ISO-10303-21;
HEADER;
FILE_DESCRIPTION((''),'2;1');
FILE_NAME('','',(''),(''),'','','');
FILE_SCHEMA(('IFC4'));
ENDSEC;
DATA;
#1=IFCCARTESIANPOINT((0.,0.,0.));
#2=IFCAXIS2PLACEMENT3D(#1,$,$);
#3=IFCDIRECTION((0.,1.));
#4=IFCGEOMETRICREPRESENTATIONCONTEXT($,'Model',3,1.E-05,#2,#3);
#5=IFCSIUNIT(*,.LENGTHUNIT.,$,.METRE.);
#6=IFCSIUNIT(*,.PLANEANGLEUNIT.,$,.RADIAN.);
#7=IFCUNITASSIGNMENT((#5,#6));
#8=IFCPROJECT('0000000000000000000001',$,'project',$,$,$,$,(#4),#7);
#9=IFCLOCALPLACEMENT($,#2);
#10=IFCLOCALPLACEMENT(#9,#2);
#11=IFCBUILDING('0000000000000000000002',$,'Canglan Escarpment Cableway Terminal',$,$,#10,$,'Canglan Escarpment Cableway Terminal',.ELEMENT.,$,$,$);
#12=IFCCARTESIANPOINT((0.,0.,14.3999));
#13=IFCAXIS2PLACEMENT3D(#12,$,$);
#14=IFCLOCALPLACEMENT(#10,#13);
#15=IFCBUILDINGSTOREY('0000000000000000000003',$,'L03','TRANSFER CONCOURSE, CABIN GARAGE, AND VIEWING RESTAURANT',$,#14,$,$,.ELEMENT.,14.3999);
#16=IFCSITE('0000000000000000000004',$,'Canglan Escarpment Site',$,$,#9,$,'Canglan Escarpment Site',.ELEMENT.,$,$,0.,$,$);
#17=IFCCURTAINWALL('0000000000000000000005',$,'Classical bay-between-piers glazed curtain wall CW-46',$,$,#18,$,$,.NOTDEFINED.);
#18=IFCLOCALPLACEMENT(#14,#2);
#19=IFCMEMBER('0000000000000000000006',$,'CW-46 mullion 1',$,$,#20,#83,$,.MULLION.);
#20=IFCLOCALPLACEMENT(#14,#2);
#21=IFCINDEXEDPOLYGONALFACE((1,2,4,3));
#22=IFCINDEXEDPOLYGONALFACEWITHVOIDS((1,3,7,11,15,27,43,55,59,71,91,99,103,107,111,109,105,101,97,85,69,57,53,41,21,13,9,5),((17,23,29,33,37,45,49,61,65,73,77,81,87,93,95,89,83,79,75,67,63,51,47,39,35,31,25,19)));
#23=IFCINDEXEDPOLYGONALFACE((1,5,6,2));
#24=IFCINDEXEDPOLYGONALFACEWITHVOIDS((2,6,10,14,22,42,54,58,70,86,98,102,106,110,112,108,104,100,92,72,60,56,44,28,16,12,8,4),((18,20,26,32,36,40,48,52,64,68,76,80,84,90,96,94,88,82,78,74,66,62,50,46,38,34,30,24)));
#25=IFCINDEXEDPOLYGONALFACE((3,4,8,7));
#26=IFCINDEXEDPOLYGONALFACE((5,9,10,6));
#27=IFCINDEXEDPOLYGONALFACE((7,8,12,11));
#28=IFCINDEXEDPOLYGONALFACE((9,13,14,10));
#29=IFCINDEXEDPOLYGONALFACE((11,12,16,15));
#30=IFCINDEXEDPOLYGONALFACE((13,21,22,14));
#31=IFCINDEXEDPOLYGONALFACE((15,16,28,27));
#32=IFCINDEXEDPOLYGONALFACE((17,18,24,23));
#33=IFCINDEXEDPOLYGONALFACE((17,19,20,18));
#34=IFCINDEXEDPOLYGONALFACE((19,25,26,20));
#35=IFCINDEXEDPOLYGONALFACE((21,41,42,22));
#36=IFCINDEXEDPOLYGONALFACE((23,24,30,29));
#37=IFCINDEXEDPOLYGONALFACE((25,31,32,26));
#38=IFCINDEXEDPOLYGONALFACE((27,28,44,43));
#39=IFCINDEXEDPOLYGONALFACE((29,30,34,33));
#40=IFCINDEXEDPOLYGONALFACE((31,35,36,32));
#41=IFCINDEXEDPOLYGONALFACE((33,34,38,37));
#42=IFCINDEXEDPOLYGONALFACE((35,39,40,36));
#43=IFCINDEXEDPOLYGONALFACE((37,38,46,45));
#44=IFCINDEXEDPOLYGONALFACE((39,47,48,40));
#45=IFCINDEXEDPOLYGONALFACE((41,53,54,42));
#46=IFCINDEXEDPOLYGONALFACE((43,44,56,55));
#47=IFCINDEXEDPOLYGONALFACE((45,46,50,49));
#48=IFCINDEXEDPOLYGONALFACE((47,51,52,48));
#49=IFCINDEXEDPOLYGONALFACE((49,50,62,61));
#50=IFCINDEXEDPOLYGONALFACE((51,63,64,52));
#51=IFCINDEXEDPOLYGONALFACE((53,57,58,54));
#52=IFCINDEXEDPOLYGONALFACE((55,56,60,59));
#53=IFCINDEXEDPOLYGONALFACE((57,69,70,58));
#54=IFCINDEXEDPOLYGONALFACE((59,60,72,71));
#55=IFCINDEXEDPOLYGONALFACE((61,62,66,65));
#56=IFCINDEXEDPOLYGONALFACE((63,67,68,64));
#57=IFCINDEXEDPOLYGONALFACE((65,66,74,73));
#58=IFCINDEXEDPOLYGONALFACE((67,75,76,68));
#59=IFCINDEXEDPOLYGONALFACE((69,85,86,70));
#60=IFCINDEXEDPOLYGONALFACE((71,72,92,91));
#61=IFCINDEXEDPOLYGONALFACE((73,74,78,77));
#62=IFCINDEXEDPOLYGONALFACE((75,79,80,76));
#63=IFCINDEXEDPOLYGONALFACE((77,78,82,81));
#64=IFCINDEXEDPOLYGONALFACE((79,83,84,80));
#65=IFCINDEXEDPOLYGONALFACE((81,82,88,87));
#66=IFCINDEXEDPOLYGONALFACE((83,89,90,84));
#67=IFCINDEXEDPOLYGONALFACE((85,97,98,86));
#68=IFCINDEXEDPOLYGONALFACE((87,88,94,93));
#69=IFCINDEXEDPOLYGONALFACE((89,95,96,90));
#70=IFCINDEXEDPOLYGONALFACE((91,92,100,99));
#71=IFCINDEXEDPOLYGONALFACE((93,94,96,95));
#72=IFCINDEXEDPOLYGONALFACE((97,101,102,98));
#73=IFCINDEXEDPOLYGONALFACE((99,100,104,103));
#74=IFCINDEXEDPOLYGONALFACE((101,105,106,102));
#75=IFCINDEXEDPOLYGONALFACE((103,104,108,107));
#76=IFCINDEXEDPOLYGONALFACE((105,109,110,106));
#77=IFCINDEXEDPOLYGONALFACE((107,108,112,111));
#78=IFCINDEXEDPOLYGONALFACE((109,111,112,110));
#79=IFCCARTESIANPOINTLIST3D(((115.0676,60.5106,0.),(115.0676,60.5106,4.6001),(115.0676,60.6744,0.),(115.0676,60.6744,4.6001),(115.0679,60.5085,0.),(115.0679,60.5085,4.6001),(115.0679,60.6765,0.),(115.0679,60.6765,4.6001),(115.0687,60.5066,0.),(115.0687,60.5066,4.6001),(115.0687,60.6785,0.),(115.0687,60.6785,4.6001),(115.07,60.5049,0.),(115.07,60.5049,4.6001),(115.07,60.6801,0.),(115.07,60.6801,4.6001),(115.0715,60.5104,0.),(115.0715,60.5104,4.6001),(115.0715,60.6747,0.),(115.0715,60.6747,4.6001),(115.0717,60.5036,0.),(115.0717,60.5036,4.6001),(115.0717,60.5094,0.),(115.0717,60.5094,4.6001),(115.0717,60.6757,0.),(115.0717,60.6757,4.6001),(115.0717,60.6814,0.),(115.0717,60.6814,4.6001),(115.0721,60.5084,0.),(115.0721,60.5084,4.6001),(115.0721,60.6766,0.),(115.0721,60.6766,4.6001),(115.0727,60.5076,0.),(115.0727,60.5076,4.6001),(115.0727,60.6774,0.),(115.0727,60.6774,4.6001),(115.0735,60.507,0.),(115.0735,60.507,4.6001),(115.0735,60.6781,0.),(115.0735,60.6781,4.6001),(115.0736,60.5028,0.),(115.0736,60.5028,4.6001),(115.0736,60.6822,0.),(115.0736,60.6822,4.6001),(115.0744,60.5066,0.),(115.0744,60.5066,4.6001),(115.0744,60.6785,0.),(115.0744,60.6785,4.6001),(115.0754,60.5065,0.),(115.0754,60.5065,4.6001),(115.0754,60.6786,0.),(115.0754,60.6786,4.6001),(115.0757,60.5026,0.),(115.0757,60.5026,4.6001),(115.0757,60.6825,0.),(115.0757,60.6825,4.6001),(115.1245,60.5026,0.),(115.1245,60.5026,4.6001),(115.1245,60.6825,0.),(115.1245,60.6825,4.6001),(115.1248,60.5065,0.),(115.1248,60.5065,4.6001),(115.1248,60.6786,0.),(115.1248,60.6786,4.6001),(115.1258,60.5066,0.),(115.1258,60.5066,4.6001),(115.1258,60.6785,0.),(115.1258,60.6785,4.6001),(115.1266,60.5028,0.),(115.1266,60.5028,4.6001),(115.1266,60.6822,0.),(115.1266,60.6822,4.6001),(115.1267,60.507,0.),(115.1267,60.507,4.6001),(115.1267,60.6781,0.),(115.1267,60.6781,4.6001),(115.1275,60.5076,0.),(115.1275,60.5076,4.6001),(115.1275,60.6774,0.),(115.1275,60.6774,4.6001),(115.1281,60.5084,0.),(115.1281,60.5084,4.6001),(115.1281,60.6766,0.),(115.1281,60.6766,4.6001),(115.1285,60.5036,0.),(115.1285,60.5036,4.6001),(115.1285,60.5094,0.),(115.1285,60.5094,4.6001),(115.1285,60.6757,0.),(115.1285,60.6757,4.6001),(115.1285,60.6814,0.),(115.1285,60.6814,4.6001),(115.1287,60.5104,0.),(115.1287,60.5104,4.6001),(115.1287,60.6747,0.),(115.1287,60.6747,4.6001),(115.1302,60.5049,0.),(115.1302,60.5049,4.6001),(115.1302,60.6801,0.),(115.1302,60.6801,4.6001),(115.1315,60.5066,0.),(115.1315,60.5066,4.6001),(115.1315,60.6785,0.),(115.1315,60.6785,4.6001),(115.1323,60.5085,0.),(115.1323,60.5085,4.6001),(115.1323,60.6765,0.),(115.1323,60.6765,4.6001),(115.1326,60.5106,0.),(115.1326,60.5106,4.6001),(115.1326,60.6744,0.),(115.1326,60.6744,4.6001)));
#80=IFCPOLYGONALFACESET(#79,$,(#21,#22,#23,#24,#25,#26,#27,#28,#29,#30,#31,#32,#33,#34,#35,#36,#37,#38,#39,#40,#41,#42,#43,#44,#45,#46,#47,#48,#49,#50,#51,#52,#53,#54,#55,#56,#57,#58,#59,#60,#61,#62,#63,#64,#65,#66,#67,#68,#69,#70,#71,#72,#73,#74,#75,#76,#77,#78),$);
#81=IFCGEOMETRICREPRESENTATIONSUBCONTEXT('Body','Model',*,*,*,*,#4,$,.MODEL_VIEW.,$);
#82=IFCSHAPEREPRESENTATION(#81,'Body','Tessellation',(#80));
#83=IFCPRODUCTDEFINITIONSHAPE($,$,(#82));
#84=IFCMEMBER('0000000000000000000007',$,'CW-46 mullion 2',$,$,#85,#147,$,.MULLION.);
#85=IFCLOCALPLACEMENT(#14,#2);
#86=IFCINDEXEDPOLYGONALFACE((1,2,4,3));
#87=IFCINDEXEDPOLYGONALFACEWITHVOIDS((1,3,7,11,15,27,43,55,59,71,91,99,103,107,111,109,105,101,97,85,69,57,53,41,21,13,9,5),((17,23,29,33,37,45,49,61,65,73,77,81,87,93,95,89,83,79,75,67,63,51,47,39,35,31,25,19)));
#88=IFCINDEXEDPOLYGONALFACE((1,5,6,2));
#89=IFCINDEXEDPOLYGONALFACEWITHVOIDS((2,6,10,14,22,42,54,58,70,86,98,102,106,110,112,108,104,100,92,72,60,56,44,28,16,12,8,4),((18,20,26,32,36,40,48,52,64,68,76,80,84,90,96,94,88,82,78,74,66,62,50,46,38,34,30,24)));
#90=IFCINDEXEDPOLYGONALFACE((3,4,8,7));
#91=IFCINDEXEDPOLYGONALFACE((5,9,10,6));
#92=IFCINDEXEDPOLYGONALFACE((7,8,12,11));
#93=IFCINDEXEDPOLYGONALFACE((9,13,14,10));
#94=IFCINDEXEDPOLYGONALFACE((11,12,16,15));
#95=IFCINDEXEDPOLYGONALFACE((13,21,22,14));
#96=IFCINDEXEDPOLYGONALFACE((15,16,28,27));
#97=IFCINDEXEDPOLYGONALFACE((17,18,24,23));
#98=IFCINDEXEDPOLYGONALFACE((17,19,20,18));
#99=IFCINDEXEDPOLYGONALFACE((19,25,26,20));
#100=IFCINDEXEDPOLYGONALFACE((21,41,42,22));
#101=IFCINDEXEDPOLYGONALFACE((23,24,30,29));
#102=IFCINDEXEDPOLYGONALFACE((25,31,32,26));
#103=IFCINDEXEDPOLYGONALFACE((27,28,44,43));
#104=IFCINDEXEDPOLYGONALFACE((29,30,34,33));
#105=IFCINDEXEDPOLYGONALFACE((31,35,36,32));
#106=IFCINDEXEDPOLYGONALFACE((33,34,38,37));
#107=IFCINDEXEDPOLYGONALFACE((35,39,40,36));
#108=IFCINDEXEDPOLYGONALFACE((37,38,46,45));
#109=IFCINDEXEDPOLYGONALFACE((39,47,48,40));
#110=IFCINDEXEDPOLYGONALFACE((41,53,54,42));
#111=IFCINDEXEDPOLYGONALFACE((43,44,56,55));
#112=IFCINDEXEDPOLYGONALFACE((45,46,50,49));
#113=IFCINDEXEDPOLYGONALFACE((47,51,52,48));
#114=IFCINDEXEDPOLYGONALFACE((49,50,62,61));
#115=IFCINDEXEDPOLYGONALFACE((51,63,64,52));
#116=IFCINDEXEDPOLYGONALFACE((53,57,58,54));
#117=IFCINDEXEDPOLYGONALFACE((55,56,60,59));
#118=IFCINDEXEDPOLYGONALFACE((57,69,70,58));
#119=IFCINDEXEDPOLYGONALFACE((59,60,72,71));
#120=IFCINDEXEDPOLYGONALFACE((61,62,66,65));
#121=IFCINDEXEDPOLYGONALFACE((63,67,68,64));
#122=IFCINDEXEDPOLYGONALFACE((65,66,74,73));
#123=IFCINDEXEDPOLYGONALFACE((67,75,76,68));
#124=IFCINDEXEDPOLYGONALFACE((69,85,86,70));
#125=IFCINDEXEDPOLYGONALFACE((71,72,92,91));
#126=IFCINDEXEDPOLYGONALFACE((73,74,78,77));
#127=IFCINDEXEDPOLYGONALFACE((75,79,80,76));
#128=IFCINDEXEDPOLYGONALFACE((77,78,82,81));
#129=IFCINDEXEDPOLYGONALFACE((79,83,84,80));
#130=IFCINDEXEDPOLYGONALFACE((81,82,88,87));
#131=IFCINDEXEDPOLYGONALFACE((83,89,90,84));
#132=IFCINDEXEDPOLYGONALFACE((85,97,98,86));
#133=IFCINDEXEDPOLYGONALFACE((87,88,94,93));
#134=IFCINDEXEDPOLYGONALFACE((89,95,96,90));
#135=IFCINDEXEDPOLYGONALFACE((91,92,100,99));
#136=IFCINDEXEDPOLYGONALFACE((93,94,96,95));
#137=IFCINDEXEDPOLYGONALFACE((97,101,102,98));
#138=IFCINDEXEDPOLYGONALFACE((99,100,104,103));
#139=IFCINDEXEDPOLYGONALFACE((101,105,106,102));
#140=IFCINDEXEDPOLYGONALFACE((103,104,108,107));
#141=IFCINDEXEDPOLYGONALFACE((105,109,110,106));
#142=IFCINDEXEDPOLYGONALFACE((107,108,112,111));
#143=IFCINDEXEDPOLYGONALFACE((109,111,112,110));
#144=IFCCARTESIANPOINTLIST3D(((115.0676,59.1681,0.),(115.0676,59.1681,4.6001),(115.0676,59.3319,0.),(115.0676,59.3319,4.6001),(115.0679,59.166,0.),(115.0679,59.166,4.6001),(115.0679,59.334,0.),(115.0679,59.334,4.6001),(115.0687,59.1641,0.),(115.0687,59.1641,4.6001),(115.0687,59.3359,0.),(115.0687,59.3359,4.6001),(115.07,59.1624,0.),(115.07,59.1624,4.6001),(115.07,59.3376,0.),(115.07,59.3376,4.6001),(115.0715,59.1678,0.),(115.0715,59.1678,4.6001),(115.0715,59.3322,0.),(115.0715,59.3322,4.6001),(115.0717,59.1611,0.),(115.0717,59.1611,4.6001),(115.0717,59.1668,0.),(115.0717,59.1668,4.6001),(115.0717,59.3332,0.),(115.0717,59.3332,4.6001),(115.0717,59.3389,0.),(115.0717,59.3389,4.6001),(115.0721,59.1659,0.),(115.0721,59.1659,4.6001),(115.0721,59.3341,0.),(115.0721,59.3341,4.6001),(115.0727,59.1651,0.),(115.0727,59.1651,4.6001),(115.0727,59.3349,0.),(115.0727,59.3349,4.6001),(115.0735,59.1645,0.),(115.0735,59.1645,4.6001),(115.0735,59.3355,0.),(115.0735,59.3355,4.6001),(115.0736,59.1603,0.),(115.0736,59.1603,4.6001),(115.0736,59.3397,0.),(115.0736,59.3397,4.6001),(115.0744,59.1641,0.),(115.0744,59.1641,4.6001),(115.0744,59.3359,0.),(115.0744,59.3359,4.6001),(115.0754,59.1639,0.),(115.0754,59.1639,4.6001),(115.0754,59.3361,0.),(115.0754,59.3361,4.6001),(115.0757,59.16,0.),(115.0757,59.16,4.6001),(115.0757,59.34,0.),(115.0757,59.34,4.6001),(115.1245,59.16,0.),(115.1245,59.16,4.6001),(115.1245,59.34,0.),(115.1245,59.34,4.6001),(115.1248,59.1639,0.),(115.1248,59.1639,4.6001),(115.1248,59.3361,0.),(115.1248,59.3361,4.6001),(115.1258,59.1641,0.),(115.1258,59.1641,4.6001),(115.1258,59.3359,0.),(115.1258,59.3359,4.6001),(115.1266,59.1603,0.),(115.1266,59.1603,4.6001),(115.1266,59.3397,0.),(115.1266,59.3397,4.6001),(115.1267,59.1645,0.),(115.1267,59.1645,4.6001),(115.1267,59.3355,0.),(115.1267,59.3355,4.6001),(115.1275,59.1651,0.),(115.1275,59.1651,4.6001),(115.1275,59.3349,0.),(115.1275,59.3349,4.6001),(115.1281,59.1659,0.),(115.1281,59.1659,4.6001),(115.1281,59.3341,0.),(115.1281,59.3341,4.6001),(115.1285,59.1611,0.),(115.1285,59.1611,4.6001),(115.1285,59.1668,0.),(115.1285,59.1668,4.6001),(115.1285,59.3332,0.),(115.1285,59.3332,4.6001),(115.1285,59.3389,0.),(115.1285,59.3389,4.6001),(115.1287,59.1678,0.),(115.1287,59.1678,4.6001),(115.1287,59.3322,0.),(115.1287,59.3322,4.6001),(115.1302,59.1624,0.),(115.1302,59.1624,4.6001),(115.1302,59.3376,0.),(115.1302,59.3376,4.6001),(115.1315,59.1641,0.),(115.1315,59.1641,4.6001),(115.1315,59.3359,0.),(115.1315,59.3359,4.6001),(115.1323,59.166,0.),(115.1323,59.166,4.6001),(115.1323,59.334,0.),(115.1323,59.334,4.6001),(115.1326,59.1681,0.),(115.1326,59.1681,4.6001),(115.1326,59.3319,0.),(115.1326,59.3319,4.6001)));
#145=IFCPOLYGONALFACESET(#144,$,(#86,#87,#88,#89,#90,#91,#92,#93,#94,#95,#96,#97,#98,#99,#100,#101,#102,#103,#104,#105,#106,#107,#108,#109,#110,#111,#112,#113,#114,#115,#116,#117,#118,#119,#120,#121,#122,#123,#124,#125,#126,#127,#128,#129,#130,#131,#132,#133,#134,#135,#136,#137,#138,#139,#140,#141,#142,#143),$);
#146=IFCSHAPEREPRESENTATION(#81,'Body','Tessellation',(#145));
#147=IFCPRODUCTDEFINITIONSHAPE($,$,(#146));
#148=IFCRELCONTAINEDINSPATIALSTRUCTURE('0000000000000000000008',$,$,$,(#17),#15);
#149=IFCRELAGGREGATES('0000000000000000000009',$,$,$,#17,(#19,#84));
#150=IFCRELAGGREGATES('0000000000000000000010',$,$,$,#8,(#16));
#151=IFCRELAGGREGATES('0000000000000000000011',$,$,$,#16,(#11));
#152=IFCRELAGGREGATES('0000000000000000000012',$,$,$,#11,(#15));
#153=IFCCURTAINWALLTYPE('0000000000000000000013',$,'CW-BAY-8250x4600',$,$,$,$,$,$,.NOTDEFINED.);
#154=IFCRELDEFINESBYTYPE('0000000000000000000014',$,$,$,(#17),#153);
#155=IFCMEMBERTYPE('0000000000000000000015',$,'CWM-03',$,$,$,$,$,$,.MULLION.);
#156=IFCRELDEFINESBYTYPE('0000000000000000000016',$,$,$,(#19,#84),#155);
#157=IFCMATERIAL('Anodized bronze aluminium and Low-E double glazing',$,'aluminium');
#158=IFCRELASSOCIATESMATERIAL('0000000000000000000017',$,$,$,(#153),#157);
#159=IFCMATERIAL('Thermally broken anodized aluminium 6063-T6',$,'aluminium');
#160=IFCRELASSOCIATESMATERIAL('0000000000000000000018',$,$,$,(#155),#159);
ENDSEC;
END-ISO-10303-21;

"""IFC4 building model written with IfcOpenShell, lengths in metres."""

from ifc_helpers import new_model, si_unit, direction, frame, origin, origin_2d, place, context, subcontext, project, spatial, hollow_rectangle, extrude, material, material_profile, profile_set, type_object, element, aggregate, save


model = new_model("IFC4")

# Units and contexts
model_context = context("Model", 3, precision=1e-05, world=origin(), true_north=direction((0.0, 1.0)))
body_context = subcontext(model_context, "Body", "Model", "MODEL_VIEW")
ifc_project = project(units=[si_unit("LENGTHUNIT", "METRE"), si_unit("PLANEANGLEUNIT", "RADIAN")], contexts=[model_context])

# Site, building, storey
site_placement = place(None, origin())
site = spatial("IfcSite", under=ifc_project, at=site_placement, Name="Canglan Escarpment Site", LongName="Canglan Escarpment Site", CompositionType="ELEMENT", RefElevation=0.0)
building_placement = place(site_placement, origin())
building = spatial("IfcBuilding", under=site, at=building_placement, Name="Canglan Escarpment Cableway Terminal", LongName="Canglan Escarpment Cableway Terminal", CompositionType="ELEMENT")
storey_placement = place(building_placement, frame((0.0, 0.0, 14.3999)))
storey = spatial("IfcBuildingStorey", under=building, at=storey_placement, Name="L03", Description="TRANSFER CONCOURSE, CABIN GARAGE, AND VIEWING RESTAURANT", CompositionType="ELEMENT", Elevation=14.3999)

# Curtain wall, members
ifc_material_1 = material(Name="Anodized bronze aluminium and Low-E double glazing", Category="aluminium")
curtain_wall_type = type_object("IfcCurtainWallType", Name="CW-BAY-8250x4600", PredefinedType="NOTDEFINED", material=ifc_material_1)
curtain_wall_placement = place(storey_placement, origin())
curtain_wall = element("IfcCurtainWall", 1, at=curtain_wall_placement, inside=storey, type_object=curtain_wall_type, Name="Classical bay-between-piers glazed curtain wall CW-46", PredefinedType="NOTDEFINED")
ifc_material_2 = material(Name="Thermally broken anodized aluminium 6063-T6", Category="aluminium")
ifc_material_profile_1 = material_profile(ifc_material_2, hollow_rectangle(XDim=0.0649, YDim=0.1799, WallThickness=0.0039, InnerFilletRadius=0.0039, OuterFilletRadius=0.0081, at=origin_2d()), Name="ALU-MULL 65x180x4")
ifc_profile_set_1 = profile_set([ifc_material_profile_1], Name="Thermally broken anodized aluminium 6063-T6")
member_type_1 = type_object("IfcMemberType", Name="CWM-03", PredefinedType="MULLION", material=ifc_profile_set_1)
member_1_placement = place(storey_placement, frame((115.1001, 60.5925, 0.0), z_axis=(0.0, 0.0, 1.0), x_axis=(1.0, 0.0, 0.0)))
member_1 = element("IfcMember", 2, at=member_1_placement, type_object=member_type_1, Name="CW-46 mullion 1", PredefinedType="MULLION", context=body_context, shape_type="SweptSolid", body=[
    extrude(hollow_rectangle(XDim=0.0649, YDim=0.1799, WallThickness=0.0039, InnerFilletRadius=0.0039, OuterFilletRadius=0.0081, at=origin_2d()), origin(), (0.0, 0.0, 1.0), 4.6001),
])
member_2_placement = place(storey_placement, frame((115.1001, 59.25, 0.0), z_axis=(0.0, 0.0, 1.0), x_axis=(1.0, 0.0, 0.0)))
member_2 = element("IfcMember", 3, at=member_2_placement, type_object=member_type_1, Name="CW-46 mullion 2", PredefinedType="MULLION", context=body_context, shape_type="SweptSolid", body=[
    extrude(hollow_rectangle(XDim=0.0649, YDim=0.1799, WallThickness=0.0039, InnerFilletRadius=0.0039, OuterFilletRadius=0.0081, at=origin_2d()), origin(), (0.0, 0.0, 1.0), 4.6001),
])
aggregate(curtain_wall, [member_1, member_2])

save(model, "model.ifc")
